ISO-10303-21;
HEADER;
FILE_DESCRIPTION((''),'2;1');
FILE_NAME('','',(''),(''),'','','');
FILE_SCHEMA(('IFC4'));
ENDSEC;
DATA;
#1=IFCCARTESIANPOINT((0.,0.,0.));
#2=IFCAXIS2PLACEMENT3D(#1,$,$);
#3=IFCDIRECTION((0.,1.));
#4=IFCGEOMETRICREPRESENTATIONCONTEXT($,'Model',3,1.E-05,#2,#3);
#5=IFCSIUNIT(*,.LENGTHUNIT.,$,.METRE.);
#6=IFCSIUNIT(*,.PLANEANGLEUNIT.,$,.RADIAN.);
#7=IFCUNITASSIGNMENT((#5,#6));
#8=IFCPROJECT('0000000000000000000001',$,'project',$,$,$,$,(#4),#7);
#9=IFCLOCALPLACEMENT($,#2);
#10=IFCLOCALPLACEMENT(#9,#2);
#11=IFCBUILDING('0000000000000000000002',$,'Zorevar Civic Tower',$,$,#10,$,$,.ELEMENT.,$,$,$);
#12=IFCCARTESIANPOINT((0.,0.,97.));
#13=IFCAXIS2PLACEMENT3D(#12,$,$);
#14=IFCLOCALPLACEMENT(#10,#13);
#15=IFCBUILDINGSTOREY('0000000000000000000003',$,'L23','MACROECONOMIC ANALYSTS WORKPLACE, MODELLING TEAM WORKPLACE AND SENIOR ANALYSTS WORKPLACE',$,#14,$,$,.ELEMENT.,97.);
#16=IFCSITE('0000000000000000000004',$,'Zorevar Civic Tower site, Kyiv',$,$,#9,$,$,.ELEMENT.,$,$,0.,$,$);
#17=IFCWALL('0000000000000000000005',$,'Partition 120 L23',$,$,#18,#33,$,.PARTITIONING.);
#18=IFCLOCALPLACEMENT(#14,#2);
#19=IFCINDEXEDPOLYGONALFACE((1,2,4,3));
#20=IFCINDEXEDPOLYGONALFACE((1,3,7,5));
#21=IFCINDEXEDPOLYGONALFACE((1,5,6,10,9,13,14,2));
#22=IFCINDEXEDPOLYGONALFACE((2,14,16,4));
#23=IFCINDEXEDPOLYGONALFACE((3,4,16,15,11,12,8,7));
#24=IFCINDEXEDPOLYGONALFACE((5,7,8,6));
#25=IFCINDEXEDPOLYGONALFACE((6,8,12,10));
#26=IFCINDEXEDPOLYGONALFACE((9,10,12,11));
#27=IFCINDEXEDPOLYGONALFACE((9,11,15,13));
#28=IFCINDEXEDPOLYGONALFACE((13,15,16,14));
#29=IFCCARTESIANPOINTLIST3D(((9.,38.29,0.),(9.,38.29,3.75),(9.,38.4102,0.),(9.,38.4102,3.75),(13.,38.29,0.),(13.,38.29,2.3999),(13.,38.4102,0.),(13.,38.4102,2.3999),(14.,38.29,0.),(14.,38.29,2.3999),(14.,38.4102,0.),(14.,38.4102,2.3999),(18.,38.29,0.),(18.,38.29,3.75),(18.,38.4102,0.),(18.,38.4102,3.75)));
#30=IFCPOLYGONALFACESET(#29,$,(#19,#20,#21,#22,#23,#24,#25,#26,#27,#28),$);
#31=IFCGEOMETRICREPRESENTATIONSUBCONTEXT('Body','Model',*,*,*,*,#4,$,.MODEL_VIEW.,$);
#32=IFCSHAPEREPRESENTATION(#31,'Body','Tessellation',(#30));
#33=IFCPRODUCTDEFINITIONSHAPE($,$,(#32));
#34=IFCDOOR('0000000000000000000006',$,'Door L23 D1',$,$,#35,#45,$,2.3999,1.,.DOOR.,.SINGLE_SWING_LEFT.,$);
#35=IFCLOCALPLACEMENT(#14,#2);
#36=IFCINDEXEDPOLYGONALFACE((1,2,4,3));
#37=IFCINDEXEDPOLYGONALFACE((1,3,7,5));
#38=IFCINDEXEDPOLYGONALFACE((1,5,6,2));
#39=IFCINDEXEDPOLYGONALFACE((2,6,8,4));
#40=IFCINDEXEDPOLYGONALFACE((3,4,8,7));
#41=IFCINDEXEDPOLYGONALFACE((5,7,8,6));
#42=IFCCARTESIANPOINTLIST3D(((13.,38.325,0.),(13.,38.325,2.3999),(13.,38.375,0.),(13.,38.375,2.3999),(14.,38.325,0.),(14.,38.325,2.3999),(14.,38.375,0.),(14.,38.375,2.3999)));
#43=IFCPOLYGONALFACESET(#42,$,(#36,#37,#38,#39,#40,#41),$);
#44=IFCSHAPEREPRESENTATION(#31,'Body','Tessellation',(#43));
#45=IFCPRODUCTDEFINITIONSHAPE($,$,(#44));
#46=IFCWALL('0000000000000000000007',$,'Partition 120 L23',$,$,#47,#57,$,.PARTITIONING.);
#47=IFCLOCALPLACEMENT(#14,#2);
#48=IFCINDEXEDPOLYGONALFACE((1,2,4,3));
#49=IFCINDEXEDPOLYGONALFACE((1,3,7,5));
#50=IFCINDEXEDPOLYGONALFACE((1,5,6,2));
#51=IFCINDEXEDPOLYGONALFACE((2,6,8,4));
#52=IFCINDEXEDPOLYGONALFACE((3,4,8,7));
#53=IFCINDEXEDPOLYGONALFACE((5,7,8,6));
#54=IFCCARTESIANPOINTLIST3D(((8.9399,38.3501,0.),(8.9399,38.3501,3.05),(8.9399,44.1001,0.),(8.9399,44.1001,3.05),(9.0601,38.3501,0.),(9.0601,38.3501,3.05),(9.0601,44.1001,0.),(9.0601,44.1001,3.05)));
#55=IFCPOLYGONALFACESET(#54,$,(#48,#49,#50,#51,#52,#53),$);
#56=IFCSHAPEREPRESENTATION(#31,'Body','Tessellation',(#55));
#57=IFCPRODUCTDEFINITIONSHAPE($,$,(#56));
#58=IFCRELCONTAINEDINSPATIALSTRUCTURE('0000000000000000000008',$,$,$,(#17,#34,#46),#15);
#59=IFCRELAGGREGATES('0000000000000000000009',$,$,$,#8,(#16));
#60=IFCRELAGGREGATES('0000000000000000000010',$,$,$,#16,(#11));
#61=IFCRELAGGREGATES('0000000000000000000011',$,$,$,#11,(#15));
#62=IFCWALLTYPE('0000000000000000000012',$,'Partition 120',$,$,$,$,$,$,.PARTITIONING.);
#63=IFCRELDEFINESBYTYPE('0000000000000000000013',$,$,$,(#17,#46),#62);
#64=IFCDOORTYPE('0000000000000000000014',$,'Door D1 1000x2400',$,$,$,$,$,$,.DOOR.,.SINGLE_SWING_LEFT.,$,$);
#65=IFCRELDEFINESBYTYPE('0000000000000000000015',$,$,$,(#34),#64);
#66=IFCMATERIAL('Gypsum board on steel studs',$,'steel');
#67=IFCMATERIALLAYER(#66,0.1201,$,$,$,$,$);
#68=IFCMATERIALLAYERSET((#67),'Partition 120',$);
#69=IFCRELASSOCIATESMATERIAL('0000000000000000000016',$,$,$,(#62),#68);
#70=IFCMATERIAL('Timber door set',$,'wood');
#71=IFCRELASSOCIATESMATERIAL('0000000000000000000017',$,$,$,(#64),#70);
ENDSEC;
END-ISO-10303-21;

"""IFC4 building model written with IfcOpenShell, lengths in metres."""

from ifc_helpers import new_model, si_unit, direction, frame, frame_2d, origin, place, context, subcontext, project, spatial, rectangle, extrude, material, layer, layer_set, type_object, element, fill, save


model = new_model("IFC4")

# Units and contexts
model_context = context("Model", 3, precision=1e-05, world=origin(), true_north=direction((0.0, 1.0)))
body_context = subcontext(model_context, "Body", "Model", "MODEL_VIEW")
ifc_project = project(units=[si_unit("LENGTHUNIT", "METRE"), si_unit("PLANEANGLEUNIT", "RADIAN")], contexts=[model_context])

# Site, building, storey
site_placement = place(None, origin())
site = spatial("IfcSite", under=ifc_project, at=site_placement, Name="Zorevar Civic Tower site, Kyiv", CompositionType="ELEMENT", RefElevation=0.0)
building_placement = place(site_placement, origin())
building = spatial("IfcBuilding", under=site, at=building_placement, Name="Zorevar Civic Tower", CompositionType="ELEMENT")
storey_placement = place(building_placement, frame((0.0, 0.0, 97.0)))
storey = spatial("IfcBuildingStorey", under=building, at=storey_placement, Name="L23", Description="MACROECONOMIC ANALYSTS WORKPLACE, MODELLING TEAM WORKPLACE AND SENIOR ANALYSTS WORKPLACE", CompositionType="ELEMENT", Elevation=97.0)

# Wall, opening, door
ifc_material_1 = material(Name="Gypsum board on steel studs", Category="steel")
ifc_layer_1 = layer(ifc_material_1, 0.1201)
ifc_layer_set_1 = layer_set([ifc_layer_1], Name="Partition 120")
wall_type_1 = type_object("IfcWallType", Name="Partition 120", PredefinedType="PARTITIONING", material=ifc_layer_set_1)
wall_1_placement = place(storey_placement, frame((9.0, 38.3501, 0.0), z_axis=(0.0, 0.0, 1.0), x_axis=(1.0, 0.0, 0.0)))
wall_1 = element("IfcWall", 1, at=wall_1_placement, inside=storey, type_object=wall_type_1, Name="Partition 120 L23", PredefinedType="PARTITIONING", context=body_context, shape_type="SweptSolid", body=[
    extrude(rectangle(XDim=9.0, YDim=0.1201, at=frame_2d((4.5, 0.0))), origin(), (0.0, 0.0, 1.0), 3.75),
])
opening_placement = place(wall_1_placement, frame((4.0, 0.0, 0.0)))
opening = element("IfcOpeningElement", 2, at=opening_placement, cuts=wall_1, PredefinedType="OPENING", context=body_context, shape_type="SweptSolid", body=[
    extrude(rectangle(XDim=1.0, YDim=2.3999, at=frame_2d((0.5, 1.2))), frame((0.0, 0.0701, 0.0), z_axis=(0.0, -1.0, 0.0), x_axis=(1.0, 0.0, 0.0)), (0.0, 0.0, 1.0), 0.1401),
])
ifc_material_2 = material(Name="Timber door set", Category="wood")
door_type = type_object("IfcDoorType", Name="Door D1 1000x2400", OperationType="SINGLE_SWING_LEFT", PredefinedType="DOOR", material=ifc_material_2)
door_placement = place(opening_placement, origin())
door = element("IfcDoor", 3, at=door_placement, inside=storey, type_object=door_type, Name="Door L23 D1", OperationType="SINGLE_SWING_LEFT", OverallHeight=2.3999, OverallWidth=1.0, PredefinedType="DOOR", context=body_context, shape_type="SweptSolid", body=[
    extrude(rectangle(XDim=1.0, YDim=2.3999, at=frame_2d((0.5, 1.2))), frame((0.0, 0.0249, 0.0), z_axis=(0.0, -1.0, 0.0), x_axis=(1.0, 0.0, 0.0)), (0.0, 0.0, 1.0), 0.05),
])
fill(opening, door)

# Wall
wall_2_placement = place(storey_placement, frame((9.0, 38.3501, 0.0), z_axis=(0.0, 0.0, 1.0), x_axis=(0.0, 1.0, 0.0)))
element("IfcWall", 4, at=wall_2_placement, inside=storey, type_object=wall_type_1, Name="Partition 120 L23", PredefinedType="PARTITIONING", context=body_context, shape_type="SweptSolid", body=[
    extrude(rectangle(XDim=5.75, YDim=0.1201, at=frame_2d((2.875, 0.0))), origin(), (0.0, 0.0, 1.0), 3.05),
])

save(model, "model.ifc")
